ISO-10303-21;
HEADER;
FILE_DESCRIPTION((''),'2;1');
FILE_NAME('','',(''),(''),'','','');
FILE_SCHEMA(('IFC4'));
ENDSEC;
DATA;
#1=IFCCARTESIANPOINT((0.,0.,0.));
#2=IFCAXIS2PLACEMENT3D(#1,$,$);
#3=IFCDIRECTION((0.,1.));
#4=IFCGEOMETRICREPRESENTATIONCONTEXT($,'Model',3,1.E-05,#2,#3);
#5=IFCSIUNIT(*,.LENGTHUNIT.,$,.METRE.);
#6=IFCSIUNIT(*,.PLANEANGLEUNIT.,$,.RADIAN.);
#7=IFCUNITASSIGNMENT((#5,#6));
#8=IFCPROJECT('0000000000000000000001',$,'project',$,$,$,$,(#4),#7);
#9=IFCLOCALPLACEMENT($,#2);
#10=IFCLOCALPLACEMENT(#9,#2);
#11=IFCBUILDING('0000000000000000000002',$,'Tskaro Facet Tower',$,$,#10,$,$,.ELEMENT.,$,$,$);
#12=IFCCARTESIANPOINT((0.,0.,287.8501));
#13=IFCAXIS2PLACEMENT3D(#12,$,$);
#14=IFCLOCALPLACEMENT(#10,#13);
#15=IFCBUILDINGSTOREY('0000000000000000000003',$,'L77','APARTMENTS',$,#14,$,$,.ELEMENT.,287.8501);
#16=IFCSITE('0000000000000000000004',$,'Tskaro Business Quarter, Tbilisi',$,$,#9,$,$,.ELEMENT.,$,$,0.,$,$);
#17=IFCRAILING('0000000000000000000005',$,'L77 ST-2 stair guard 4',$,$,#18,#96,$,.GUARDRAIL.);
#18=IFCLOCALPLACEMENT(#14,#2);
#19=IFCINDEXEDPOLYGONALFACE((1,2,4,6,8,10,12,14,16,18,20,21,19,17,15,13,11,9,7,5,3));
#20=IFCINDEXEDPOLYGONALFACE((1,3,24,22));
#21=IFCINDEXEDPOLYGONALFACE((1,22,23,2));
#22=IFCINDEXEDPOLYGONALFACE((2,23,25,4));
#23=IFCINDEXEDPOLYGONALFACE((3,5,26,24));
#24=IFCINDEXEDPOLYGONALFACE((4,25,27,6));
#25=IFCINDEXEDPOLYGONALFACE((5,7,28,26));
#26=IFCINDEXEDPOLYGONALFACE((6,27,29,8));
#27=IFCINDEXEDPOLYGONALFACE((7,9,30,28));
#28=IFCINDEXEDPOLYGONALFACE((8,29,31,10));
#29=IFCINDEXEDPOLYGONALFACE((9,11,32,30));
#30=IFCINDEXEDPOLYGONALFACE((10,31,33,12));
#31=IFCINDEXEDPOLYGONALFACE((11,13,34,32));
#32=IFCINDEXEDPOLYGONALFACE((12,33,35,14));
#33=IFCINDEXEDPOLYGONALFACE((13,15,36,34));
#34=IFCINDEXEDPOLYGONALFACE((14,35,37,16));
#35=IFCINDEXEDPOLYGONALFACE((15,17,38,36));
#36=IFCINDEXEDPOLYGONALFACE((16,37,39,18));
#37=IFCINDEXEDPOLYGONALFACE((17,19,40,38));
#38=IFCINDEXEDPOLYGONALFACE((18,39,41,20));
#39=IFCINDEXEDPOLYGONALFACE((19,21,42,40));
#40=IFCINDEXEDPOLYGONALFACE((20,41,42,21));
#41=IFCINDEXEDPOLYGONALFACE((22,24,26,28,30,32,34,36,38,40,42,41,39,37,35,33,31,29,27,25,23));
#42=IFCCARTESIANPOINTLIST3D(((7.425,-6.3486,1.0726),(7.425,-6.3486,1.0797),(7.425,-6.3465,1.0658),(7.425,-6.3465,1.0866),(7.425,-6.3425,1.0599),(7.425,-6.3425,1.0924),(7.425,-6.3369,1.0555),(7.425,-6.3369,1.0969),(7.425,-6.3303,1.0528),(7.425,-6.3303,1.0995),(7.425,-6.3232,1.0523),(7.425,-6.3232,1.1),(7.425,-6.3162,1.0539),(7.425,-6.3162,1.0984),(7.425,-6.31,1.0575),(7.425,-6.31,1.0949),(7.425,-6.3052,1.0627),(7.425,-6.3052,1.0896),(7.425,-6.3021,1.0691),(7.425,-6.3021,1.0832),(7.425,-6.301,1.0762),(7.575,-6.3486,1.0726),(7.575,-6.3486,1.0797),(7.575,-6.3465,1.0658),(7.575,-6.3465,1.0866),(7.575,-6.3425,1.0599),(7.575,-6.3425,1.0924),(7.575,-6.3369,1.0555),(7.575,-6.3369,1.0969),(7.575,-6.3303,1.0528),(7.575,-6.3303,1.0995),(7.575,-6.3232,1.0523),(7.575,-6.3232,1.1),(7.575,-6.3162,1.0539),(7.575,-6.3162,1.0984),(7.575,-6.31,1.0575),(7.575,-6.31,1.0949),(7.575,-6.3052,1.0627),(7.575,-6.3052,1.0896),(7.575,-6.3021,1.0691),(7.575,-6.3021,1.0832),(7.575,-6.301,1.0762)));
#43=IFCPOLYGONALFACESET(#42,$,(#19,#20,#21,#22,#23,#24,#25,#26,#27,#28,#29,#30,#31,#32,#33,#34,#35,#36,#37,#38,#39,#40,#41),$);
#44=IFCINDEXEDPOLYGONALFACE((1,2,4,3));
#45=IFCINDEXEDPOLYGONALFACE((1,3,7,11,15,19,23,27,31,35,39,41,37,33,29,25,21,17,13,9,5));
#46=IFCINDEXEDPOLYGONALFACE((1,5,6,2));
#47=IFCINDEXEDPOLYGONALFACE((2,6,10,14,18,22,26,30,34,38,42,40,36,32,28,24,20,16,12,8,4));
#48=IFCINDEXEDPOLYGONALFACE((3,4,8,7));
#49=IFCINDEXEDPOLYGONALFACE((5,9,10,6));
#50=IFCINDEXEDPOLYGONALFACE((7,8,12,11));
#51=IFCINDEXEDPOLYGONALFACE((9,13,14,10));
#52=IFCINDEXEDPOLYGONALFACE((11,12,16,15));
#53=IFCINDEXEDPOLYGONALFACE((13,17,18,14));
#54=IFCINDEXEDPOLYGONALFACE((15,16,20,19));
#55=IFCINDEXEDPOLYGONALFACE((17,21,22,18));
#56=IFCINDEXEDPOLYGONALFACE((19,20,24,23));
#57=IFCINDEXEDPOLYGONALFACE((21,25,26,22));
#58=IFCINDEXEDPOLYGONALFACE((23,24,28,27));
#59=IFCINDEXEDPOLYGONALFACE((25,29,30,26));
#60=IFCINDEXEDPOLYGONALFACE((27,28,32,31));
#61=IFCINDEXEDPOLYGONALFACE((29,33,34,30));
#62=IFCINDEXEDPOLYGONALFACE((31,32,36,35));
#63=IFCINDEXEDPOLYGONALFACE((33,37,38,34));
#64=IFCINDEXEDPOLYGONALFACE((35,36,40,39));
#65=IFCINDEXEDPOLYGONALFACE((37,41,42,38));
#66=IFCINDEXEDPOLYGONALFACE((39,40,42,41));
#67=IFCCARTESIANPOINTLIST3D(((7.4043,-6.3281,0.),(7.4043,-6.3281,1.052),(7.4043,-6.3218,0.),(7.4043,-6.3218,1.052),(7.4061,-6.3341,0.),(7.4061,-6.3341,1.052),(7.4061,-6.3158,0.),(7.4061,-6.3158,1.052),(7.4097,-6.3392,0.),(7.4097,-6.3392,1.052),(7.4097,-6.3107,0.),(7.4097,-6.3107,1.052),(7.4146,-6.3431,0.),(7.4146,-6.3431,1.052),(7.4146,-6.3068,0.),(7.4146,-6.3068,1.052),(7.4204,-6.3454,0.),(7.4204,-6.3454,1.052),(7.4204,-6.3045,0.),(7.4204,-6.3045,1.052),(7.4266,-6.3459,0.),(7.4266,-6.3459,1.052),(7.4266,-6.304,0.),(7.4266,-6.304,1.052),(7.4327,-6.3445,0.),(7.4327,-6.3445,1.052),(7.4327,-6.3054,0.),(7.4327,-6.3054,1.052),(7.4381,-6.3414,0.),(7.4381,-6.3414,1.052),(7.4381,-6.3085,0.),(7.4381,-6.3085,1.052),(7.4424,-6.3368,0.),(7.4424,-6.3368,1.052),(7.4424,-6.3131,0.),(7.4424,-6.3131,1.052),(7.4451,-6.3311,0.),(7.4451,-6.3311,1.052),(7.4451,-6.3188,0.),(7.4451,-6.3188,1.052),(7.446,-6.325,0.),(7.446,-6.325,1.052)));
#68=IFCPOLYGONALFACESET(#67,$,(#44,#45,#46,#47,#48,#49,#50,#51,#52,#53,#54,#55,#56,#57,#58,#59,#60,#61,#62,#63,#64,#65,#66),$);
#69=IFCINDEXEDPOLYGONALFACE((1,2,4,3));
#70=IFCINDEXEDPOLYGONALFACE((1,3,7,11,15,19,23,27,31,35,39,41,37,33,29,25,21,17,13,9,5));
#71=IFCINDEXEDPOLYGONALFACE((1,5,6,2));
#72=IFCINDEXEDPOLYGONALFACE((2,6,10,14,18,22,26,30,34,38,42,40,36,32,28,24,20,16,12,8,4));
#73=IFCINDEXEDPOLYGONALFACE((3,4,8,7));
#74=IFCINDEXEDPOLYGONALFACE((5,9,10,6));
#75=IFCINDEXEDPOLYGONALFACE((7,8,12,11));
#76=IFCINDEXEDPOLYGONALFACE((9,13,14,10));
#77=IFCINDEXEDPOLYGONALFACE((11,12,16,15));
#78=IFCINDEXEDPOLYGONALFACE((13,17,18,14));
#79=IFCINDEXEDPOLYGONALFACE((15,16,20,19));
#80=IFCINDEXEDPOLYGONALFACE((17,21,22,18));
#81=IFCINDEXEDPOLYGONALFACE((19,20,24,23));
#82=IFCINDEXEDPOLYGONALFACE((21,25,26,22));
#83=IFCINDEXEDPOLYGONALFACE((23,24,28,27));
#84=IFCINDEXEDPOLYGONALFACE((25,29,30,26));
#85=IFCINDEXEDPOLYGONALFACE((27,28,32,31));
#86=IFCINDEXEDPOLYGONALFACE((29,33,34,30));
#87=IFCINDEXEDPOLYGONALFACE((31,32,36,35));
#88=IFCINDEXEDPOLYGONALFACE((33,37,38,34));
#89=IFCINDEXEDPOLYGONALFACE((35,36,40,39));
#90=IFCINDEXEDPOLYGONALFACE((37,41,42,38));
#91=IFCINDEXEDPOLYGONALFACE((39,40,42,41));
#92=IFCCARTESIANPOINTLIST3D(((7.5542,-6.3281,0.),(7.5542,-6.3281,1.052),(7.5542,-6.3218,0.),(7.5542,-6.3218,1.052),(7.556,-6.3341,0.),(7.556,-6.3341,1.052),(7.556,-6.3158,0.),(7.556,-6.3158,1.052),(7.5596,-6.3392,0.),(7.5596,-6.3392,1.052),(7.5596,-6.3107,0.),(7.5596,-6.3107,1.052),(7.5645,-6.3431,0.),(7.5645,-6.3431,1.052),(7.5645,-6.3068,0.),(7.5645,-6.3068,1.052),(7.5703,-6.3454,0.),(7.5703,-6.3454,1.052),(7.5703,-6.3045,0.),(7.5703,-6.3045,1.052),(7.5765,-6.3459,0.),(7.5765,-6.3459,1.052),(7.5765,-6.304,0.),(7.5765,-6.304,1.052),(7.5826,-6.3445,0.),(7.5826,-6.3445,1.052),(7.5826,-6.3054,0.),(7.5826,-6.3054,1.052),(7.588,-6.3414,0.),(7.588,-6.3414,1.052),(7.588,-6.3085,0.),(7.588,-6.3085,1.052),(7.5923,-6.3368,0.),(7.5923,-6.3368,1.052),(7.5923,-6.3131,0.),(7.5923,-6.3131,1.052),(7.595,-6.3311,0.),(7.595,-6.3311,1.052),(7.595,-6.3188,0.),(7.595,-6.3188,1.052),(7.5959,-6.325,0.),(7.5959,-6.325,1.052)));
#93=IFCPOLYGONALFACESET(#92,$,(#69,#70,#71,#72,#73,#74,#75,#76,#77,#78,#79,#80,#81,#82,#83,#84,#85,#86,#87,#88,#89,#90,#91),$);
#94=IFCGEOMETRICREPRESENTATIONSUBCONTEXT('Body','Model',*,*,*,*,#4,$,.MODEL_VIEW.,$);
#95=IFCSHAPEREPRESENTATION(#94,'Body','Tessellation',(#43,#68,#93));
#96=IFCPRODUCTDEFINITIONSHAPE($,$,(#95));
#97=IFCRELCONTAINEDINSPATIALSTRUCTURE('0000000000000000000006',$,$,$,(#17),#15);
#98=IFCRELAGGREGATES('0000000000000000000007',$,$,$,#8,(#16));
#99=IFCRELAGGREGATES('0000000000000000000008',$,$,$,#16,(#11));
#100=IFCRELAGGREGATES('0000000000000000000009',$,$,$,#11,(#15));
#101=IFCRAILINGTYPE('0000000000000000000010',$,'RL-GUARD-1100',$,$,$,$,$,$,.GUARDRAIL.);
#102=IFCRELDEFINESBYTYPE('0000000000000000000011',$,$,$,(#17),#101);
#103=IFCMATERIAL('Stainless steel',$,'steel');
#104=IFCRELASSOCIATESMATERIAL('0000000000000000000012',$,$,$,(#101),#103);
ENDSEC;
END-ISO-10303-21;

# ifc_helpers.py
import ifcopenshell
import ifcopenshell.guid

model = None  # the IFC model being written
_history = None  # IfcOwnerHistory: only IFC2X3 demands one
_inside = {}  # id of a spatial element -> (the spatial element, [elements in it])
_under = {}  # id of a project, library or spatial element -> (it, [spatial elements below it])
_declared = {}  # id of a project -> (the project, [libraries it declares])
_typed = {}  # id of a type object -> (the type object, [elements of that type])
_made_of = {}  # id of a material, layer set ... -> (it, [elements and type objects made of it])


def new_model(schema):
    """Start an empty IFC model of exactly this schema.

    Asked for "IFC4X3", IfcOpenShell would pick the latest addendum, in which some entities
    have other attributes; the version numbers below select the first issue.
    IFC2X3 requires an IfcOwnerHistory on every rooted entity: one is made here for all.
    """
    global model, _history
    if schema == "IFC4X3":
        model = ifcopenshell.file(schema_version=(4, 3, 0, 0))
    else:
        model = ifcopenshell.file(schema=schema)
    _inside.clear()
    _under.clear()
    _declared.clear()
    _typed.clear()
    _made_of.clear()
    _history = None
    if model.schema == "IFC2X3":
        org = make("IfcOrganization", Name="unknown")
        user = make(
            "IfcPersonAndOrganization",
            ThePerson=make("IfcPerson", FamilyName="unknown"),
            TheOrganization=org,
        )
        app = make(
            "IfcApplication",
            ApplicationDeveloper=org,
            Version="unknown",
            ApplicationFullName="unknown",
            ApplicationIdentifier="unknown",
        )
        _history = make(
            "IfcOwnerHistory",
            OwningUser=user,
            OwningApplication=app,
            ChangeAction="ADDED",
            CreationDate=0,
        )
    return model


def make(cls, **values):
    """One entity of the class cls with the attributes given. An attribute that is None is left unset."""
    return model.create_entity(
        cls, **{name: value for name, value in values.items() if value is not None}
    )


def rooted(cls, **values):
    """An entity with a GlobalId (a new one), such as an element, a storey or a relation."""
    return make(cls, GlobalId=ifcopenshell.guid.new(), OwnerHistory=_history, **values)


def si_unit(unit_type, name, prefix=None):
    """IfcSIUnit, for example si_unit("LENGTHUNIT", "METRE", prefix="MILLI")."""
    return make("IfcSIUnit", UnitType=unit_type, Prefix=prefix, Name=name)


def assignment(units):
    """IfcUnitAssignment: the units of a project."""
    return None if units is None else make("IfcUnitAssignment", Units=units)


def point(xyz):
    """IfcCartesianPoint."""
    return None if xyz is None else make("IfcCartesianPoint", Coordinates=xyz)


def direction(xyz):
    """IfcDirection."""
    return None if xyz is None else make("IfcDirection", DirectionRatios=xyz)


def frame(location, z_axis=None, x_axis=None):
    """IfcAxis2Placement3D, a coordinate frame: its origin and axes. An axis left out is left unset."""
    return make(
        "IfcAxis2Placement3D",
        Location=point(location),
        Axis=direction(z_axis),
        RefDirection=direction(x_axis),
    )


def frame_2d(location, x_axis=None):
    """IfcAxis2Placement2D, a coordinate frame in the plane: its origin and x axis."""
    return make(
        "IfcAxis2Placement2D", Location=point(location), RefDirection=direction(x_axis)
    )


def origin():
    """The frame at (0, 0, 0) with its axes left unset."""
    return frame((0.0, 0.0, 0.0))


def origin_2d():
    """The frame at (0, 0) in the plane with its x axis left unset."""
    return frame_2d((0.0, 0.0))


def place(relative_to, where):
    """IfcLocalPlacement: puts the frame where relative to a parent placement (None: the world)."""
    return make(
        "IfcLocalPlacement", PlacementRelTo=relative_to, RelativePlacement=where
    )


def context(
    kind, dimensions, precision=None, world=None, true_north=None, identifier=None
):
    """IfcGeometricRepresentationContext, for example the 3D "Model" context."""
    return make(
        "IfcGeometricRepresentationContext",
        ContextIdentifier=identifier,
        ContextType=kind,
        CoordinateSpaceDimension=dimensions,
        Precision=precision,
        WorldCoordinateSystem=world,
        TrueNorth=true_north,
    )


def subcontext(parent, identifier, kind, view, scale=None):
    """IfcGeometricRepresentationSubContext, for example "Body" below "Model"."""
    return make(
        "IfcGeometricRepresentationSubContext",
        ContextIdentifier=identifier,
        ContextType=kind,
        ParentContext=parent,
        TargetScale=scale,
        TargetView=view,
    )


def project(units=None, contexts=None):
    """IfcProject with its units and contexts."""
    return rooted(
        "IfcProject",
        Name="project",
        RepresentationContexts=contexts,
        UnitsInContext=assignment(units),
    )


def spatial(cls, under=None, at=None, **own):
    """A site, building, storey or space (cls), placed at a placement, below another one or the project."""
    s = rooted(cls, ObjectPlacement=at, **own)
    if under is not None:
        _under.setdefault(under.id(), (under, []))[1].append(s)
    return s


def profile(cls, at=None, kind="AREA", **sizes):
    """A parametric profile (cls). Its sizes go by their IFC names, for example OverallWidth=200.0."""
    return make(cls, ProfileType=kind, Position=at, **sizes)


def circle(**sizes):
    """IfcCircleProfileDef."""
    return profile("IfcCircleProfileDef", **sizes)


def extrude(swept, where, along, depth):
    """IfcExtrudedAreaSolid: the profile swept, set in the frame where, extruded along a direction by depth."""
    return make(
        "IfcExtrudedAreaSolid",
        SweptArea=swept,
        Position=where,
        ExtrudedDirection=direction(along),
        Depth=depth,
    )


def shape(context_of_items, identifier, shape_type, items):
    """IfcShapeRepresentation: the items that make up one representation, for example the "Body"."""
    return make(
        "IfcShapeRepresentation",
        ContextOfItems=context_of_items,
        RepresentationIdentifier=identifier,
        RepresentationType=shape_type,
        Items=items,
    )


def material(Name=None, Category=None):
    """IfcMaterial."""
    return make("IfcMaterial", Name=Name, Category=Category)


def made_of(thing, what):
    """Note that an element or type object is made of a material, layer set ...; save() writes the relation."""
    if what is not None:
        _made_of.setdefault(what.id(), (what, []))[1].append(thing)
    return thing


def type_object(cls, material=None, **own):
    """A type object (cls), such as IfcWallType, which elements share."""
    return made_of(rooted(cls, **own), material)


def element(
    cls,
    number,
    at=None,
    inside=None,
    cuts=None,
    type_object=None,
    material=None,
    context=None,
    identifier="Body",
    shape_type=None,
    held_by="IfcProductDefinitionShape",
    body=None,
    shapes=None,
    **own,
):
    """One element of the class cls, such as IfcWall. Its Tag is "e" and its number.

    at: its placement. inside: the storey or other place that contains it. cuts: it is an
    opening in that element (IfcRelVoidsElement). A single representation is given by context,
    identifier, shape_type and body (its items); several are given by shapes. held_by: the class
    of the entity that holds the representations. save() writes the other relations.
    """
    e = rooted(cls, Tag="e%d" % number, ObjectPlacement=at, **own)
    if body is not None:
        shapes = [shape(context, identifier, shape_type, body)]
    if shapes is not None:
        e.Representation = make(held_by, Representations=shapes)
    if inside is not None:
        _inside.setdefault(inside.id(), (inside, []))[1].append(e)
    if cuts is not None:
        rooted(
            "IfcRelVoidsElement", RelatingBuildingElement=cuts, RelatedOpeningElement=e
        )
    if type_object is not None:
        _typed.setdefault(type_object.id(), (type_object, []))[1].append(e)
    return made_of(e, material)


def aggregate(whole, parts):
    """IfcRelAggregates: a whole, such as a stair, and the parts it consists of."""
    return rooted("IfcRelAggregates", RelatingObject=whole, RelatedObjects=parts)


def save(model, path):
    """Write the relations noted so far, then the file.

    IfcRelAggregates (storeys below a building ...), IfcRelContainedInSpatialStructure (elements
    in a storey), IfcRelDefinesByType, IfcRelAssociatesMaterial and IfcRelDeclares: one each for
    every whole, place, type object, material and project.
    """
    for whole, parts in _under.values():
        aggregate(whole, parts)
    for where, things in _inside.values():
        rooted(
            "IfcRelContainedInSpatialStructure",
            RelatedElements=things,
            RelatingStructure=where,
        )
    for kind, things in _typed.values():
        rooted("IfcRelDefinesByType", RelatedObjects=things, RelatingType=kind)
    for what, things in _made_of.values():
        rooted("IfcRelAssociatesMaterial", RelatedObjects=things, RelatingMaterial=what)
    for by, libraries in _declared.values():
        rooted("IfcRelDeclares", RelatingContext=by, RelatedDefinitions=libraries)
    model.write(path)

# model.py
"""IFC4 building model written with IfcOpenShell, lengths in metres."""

from ifc_helpers import new_model, si_unit, direction, frame, origin, origin_2d, place, context, subcontext, project, spatial, circle, extrude, material, type_object, element, save


model = new_model("IFC4")

# Units and contexts
model_context = context("Model", 3, precision=1e-05, world=origin(), true_north=direction((0.0, 1.0)))
body_context = subcontext(model_context, "Body", "Model", "MODEL_VIEW")
ifc_project = project(units=[si_unit("LENGTHUNIT", "METRE"), si_unit("PLANEANGLEUNIT", "RADIAN")], contexts=[model_context])

# Site, building, storey
site_placement = place(None, origin())
site = spatial("IfcSite", under=ifc_project, at=site_placement, Name="Tskaro Business Quarter, Tbilisi", CompositionType="ELEMENT", RefElevation=0.0)
building_placement = place(site_placement, origin())
building = spatial("IfcBuilding", under=site, at=building_placement, Name="Tskaro Facet Tower", CompositionType="ELEMENT")
storey_placement = place(building_placement, frame((0.0, 0.0, 287.8501)))
storey = spatial("IfcBuildingStorey", under=building, at=storey_placement, Name="L77", Description="APARTMENTS", CompositionType="ELEMENT", Elevation=287.8501)

# Railing
ifc_material_1 = material(Name="Stainless steel", Category="steel")
railing_type_1 = type_object("IfcRailingType", Name="RL-GUARD-1100", PredefinedType="GUARDRAIL", material=ifc_material_1)
railing_1_placement = place(storey_placement, frame((7.425, -6.325, 0.0)))
element("IfcRailing", 1, at=railing_1_placement, inside=storey, type_object=railing_type_1, Name="L77 ST-2 stair guard 4", PredefinedType="GUARDRAIL", context=body_context, shape_type="SweptSolid", body=[
    extrude(circle(Radius=0.0239, at=origin_2d()), frame((0.0, 0.0, 1.0762), z_axis=(1.0, 0.0, 0.0), x_axis=(0.0, 1.0, 0.0)), (0.0, 0.0, 1.0), 0.1499),
    extrude(circle(Radius=0.021, at=origin_2d()), origin(), (0.0, 0.0, 1.0), 1.052),
    extrude(circle(Radius=0.021, at=origin_2d()), frame((0.1499, 0.0, 0.0)), (0.0, 0.0, 1.0), 1.052),
])

save(model, "model.ifc")
